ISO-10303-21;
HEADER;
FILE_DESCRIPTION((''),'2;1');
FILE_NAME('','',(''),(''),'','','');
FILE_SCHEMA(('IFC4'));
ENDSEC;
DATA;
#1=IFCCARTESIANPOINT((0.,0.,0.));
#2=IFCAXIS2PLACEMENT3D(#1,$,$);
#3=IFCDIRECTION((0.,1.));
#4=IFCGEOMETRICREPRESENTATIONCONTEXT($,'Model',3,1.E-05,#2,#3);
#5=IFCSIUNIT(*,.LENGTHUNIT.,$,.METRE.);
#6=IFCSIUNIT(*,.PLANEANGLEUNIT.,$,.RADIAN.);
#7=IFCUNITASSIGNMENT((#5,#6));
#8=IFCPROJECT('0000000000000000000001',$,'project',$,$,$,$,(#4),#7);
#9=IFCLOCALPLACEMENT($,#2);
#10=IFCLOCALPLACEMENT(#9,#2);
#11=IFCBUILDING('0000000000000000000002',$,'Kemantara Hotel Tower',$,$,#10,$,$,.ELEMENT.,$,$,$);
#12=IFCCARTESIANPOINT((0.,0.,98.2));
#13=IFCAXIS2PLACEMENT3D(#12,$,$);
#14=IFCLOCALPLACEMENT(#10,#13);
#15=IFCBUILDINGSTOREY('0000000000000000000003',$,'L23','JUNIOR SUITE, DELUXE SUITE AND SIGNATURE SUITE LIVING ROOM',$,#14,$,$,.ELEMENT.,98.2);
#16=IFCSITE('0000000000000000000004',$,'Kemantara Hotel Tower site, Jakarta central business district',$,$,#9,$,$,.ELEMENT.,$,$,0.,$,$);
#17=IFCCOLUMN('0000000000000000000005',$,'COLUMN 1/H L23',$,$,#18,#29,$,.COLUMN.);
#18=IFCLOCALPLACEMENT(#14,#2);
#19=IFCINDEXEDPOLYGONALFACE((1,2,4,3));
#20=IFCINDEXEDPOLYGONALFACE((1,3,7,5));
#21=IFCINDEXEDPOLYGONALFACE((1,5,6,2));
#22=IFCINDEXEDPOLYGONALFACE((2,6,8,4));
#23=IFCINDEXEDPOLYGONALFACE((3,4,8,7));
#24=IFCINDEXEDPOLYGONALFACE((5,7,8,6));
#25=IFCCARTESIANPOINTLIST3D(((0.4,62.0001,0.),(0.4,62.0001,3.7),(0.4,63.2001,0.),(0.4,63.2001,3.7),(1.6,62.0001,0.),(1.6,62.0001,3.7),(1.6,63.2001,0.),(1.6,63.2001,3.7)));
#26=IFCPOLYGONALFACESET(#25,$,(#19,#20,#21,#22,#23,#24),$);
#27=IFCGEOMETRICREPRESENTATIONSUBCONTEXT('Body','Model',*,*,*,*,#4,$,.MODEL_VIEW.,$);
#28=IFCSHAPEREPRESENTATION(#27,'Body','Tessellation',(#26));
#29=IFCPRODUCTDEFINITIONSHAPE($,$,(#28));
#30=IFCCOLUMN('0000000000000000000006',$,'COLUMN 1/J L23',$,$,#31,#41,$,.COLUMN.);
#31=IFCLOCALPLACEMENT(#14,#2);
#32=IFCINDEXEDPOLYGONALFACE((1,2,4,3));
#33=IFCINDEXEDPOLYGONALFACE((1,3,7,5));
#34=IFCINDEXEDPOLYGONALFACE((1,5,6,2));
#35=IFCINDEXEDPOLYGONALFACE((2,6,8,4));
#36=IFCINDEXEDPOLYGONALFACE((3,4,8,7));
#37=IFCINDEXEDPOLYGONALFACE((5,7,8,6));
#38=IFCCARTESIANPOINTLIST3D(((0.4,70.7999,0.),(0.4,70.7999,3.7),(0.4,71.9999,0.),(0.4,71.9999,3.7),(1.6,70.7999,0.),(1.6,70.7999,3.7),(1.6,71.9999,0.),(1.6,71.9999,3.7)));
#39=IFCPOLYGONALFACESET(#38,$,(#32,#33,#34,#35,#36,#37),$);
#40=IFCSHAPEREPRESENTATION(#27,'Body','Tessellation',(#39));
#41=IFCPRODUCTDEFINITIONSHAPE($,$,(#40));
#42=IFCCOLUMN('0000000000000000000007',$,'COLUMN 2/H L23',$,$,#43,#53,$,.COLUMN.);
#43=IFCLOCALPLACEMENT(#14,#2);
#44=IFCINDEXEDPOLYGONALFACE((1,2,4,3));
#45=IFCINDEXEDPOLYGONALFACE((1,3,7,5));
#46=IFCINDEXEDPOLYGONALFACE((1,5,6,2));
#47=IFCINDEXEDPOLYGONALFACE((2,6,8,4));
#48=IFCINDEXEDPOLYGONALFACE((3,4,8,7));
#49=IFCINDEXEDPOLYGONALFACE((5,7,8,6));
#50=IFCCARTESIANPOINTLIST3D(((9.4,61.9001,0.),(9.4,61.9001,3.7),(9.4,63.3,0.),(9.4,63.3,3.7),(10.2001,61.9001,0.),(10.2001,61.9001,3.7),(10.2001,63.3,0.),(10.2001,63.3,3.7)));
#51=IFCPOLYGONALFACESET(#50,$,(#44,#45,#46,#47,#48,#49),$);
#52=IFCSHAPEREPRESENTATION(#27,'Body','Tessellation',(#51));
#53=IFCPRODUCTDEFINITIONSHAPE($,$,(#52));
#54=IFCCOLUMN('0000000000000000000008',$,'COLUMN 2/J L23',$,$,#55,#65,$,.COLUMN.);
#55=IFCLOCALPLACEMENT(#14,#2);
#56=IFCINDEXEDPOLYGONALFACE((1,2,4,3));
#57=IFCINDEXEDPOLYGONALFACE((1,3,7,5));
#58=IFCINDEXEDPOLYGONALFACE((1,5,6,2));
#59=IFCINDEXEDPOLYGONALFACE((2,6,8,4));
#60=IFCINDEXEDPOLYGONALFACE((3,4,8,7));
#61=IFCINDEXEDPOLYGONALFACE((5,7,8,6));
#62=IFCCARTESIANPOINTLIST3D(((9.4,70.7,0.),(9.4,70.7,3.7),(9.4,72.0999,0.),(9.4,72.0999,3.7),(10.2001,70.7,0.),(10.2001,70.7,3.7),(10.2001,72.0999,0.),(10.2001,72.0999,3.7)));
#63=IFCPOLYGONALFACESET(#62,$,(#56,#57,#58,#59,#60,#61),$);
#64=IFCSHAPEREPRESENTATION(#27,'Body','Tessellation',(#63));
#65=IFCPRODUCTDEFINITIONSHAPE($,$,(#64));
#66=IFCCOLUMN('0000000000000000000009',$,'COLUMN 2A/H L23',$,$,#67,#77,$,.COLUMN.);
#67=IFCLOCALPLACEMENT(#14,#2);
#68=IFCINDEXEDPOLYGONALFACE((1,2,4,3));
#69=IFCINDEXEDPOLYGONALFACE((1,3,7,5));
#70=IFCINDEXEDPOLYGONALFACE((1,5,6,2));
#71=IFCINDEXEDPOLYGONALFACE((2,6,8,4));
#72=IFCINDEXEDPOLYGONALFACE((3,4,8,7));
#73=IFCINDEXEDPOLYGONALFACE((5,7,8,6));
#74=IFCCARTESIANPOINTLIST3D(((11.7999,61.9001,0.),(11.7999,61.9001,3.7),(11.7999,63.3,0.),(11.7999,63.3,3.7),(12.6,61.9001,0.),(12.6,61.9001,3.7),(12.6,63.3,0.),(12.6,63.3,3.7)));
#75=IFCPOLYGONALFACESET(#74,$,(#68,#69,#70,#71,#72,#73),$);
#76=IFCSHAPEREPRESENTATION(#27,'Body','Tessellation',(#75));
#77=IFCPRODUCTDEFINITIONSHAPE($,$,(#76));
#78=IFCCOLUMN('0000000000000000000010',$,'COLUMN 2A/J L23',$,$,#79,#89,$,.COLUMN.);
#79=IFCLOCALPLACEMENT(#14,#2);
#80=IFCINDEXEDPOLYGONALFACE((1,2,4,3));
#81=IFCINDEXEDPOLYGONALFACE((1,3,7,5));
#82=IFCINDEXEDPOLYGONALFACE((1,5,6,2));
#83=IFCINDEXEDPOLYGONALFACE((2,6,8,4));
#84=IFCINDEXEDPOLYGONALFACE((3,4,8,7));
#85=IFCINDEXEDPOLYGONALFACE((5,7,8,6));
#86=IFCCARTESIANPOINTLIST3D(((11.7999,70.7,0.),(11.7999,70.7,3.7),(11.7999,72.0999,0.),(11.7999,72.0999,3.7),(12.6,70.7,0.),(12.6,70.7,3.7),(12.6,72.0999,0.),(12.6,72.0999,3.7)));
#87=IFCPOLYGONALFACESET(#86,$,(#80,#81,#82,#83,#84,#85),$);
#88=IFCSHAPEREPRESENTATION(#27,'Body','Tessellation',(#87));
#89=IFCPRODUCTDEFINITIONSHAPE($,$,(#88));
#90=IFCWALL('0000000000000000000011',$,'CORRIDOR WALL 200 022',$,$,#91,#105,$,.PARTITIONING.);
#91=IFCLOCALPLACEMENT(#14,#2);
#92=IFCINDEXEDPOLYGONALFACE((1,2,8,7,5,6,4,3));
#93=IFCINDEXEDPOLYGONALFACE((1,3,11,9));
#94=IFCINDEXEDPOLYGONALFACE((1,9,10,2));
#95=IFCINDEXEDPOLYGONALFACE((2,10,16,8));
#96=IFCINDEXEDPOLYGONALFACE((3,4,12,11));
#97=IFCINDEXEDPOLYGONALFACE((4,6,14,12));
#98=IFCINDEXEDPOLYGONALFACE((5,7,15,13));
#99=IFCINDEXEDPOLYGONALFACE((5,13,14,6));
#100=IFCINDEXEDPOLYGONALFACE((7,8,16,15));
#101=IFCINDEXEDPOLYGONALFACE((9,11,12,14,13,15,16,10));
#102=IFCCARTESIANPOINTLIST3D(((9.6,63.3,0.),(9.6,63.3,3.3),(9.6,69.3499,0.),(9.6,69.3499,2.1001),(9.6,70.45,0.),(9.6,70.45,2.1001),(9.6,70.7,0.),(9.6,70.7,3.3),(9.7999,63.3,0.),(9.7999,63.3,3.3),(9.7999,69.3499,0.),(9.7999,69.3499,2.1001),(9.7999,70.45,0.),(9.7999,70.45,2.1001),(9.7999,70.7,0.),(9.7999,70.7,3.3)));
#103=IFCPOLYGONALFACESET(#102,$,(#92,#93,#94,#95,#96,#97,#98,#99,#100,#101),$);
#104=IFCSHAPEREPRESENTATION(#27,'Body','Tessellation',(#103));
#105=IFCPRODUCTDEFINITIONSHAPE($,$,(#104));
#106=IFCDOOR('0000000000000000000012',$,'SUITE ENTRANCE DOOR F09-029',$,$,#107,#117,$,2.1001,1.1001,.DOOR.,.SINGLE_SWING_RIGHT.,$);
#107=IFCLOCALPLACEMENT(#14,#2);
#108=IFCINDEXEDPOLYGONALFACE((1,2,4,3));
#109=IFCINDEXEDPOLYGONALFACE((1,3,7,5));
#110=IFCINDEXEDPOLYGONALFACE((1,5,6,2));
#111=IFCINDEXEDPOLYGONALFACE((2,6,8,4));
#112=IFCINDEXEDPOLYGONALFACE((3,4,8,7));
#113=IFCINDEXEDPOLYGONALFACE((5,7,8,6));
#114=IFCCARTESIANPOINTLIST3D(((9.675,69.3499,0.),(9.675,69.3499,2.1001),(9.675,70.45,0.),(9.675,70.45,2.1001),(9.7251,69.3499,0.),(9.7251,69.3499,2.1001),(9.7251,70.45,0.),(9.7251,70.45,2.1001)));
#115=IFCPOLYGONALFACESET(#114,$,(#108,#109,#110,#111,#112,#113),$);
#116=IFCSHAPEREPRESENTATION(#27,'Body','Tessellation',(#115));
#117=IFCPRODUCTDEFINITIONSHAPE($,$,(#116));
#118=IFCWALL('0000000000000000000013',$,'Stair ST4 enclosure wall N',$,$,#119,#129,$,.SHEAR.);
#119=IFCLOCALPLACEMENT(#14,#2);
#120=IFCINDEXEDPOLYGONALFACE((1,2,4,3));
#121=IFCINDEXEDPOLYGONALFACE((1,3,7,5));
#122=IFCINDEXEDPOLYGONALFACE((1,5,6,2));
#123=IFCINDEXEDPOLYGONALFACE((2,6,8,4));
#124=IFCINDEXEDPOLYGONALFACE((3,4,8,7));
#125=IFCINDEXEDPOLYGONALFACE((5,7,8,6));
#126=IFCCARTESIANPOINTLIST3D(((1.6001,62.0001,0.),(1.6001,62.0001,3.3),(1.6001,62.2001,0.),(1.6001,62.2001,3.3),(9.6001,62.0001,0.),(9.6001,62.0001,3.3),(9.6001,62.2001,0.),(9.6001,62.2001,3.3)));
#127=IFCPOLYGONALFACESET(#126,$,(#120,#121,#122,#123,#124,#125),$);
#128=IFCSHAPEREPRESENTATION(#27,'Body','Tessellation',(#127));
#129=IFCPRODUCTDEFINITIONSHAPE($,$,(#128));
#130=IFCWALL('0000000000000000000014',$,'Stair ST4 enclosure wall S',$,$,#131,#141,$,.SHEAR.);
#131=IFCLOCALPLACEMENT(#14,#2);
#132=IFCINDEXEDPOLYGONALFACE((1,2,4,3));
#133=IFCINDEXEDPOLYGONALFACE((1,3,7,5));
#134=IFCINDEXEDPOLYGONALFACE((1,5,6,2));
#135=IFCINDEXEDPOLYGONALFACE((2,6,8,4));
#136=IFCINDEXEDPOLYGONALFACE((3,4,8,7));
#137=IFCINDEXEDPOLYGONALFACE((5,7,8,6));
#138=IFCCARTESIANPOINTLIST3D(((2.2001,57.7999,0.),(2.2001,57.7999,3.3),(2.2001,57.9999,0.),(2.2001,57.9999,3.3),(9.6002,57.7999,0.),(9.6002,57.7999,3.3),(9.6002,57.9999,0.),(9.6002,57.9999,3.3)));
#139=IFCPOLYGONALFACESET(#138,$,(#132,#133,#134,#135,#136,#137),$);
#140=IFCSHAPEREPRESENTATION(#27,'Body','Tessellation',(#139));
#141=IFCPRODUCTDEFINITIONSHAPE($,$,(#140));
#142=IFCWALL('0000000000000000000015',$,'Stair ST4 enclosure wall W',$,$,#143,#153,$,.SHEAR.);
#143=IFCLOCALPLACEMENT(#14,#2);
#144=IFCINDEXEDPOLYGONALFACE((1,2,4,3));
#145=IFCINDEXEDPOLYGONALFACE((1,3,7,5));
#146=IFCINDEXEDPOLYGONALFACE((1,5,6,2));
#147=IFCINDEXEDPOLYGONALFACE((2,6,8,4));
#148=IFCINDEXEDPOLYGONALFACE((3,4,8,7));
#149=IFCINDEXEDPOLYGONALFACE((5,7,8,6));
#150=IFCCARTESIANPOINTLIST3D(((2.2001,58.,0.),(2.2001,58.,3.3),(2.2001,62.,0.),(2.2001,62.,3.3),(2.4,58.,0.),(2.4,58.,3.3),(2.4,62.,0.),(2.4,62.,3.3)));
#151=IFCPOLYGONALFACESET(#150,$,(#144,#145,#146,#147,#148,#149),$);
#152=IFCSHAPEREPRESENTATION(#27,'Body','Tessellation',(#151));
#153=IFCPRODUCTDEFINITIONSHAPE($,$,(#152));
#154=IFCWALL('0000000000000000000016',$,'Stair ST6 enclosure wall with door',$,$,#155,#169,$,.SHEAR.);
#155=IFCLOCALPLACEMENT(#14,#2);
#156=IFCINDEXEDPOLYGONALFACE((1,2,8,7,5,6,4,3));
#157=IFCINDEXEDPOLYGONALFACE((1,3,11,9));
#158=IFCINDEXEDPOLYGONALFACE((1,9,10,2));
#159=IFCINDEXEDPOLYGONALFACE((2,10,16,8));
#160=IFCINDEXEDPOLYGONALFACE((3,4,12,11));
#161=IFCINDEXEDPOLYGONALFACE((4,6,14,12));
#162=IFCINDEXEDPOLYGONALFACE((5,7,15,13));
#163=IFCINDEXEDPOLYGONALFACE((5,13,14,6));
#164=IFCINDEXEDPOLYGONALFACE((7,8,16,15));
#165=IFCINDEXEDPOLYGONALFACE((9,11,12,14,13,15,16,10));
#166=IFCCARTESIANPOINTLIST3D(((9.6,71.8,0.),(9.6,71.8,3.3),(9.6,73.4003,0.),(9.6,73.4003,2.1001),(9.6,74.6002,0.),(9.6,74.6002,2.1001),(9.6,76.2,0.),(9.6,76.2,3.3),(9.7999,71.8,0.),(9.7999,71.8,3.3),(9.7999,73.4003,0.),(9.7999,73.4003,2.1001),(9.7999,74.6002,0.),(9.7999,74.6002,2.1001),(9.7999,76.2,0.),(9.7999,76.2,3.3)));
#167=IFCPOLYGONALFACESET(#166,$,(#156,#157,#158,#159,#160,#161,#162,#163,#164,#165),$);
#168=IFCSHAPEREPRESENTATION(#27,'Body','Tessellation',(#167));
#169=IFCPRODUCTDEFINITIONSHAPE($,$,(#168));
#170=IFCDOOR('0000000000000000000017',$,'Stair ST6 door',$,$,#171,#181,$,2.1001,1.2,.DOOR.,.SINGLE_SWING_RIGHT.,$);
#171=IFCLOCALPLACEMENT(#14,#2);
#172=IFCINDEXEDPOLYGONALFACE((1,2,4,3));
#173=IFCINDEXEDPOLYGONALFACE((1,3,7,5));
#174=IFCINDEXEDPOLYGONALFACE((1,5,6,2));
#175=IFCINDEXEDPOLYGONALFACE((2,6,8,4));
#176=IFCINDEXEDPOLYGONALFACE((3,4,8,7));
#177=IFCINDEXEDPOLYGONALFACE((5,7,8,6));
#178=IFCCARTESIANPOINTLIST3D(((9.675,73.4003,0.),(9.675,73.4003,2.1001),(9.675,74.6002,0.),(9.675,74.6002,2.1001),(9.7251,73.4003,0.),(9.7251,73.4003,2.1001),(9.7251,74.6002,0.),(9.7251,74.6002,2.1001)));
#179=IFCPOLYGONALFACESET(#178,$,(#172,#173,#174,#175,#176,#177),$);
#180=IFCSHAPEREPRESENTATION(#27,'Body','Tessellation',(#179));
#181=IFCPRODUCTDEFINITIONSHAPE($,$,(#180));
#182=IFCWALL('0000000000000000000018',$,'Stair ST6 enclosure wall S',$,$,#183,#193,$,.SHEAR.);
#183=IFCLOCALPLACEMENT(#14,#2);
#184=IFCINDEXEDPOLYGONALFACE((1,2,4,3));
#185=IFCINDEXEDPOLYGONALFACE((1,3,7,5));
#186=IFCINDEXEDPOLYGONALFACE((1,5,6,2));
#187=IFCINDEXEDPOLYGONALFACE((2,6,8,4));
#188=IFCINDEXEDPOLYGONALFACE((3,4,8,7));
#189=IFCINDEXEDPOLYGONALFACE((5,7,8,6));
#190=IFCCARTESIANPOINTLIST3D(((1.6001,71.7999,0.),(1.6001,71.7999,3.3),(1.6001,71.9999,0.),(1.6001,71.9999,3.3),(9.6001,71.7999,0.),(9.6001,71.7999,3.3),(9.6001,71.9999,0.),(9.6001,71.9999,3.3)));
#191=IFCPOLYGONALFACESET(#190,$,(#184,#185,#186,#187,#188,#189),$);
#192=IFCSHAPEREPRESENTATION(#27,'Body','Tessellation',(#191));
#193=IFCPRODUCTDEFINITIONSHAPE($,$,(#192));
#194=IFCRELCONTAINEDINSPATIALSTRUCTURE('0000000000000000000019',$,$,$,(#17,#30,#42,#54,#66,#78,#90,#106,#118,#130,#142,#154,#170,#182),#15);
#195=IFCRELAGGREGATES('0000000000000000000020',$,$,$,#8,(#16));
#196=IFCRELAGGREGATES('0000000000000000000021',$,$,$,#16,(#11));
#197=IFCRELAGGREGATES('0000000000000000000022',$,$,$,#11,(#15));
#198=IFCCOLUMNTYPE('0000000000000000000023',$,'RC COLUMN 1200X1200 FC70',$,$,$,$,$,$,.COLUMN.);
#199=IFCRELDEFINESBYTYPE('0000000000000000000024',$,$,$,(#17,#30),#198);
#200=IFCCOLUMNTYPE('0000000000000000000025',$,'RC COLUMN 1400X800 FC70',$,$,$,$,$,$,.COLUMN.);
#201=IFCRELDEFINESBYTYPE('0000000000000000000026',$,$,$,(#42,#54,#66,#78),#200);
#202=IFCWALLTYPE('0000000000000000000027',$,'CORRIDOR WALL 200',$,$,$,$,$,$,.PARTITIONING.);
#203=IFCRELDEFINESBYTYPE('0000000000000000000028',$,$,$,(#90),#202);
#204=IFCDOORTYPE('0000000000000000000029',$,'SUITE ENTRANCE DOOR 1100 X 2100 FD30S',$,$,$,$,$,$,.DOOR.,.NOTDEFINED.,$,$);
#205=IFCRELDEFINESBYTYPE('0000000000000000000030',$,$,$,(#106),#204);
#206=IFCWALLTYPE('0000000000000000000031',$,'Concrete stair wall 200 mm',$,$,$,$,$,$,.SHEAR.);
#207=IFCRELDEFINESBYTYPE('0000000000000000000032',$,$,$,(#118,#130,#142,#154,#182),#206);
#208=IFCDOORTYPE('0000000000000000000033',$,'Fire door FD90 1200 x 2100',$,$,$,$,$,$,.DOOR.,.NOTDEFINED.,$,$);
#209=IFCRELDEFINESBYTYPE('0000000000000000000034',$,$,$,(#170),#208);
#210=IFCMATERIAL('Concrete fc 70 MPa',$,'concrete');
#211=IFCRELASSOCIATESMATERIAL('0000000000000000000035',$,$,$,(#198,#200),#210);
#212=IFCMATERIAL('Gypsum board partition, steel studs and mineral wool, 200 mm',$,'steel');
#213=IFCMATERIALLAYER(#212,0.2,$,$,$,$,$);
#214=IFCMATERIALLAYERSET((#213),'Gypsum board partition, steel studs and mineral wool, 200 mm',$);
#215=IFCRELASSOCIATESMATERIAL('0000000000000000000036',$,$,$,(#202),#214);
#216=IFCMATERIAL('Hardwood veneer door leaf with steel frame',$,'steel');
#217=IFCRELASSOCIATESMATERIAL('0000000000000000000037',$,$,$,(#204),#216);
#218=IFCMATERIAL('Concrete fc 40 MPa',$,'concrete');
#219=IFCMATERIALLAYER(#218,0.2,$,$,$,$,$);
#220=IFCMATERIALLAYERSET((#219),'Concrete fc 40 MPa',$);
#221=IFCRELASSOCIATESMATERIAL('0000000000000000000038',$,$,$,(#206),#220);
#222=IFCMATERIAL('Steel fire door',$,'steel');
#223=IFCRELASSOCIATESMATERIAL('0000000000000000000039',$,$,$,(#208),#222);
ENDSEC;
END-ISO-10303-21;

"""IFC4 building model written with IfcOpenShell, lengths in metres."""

from ifc_helpers import new_model, si_unit, direction, frame, frame_2d, origin, origin_2d, place, context, subcontext, project, spatial, rectangle, extrude, material, layer, layer_set, material_profile, profile_set, type_object, element, fill, save


model = new_model("IFC4")

# Units and contexts
model_context = context("Model", 3, precision=1e-05, world=origin(), true_north=direction((0.0, 1.0)))
body_context = subcontext(model_context, "Body", "Model", "MODEL_VIEW")
ifc_project = project(units=[si_unit("LENGTHUNIT", "METRE"), si_unit("PLANEANGLEUNIT", "RADIAN")], contexts=[model_context])

# Site, building, storey
site_placement = place(None, origin())
site = spatial("IfcSite", under=ifc_project, at=site_placement, Name="Kemantara Hotel Tower site, Jakarta central business district", CompositionType="ELEMENT", RefElevation=0.0)
building_placement = place(site_placement, origin())
building = spatial("IfcBuilding", under=site, at=building_placement, Name="Kemantara Hotel Tower", CompositionType="ELEMENT")
storey_placement = place(building_placement, frame((0.0, 0.0, 98.2)))
storey = spatial("IfcBuildingStorey", under=building, at=storey_placement, Name="L23", Description="JUNIOR SUITE, DELUXE SUITE AND SIGNATURE SUITE LIVING ROOM", CompositionType="ELEMENT", Elevation=98.2)

# Columns
ifc_material_1 = material(Name="Concrete fc 70 MPa", Category="concrete")
ifc_material_profile_1 = material_profile(ifc_material_1, rectangle(XDim=1.2, YDim=1.2, at=origin_2d()), Name="RC 1200X1200")
ifc_profile_set_1 = profile_set([ifc_material_profile_1], Name="Concrete fc 70 MPa")
column_type_1 = type_object("IfcColumnType", Name="RC COLUMN 1200X1200 FC70", PredefinedType="COLUMN", material=ifc_profile_set_1)
for number, where, z_axis, x_axis, name in (
    (1, (1.0, 62.6001, 0.0), (0.0, 0.0, 1.0), (1.0, 0.0, 0.0), "COLUMN 1/H L23"),
    (2, (1.0, 71.3999, 0.0), (0.0, 0.0, 1.0), (1.0, 0.0, 0.0), "COLUMN 1/J L23"),
):
    element("IfcColumn", number, at=place(storey_placement, frame(where, z_axis=z_axis, x_axis=x_axis)), inside=storey, type_object=column_type_1, Name=name, PredefinedType="COLUMN", context=body_context, shape_type="SweptSolid", body=[
        extrude(rectangle(XDim=1.2, YDim=1.2, at=origin_2d()), origin(), (0.0, 0.0, 1.0), 3.7),
    ])
ifc_material_profile_2 = material_profile(ifc_material_1, rectangle(XDim=1.3999, YDim=0.8, at=origin_2d()), Name="RC 1400X800")
ifc_profile_set_2 = profile_set([ifc_material_profile_2], Name="Concrete fc 70 MPa")
column_type_2 = type_object("IfcColumnType", Name="RC COLUMN 1400X800 FC70", PredefinedType="COLUMN", material=ifc_profile_set_2)
for number, where, z_axis, x_axis, name in (
    (3, (9.8, 62.6001, 0.0), (0.0, 0.0, 1.0), (0.0, 1.0, 0.0), "COLUMN 2/H L23"),
    (4, (9.8, 71.3999, 0.0), (0.0, 0.0, 1.0), (0.0, 1.0, 0.0), "COLUMN 2/J L23"),
    (5, (12.2, 62.6001, 0.0), (0.0, 0.0, 1.0), (0.0, 1.0, 0.0), "COLUMN 2A/H L23"),
    (6, (12.2, 71.3999, 0.0), (0.0, 0.0, 1.0), (0.0, 1.0, 0.0), "COLUMN 2A/J L23"),
):
    element("IfcColumn", number, at=place(storey_placement, frame(where, z_axis=z_axis, x_axis=x_axis)), inside=storey, type_object=column_type_2, Name=name, PredefinedType="COLUMN", context=body_context, shape_type="SweptSolid", body=[
        extrude(rectangle(XDim=1.3999, YDim=0.8, at=origin_2d()), origin(), (0.0, 0.0, 1.0), 3.7),
    ])

# Wall, opening, door
ifc_material_2 = material(Name="Gypsum board partition, steel studs and mineral wool, 200 mm", Category="steel")
ifc_layer_1 = layer(ifc_material_2, 0.2)
ifc_layer_set_1 = layer_set([ifc_layer_1], Name="Gypsum board partition, steel studs and mineral wool, 200 mm")
wall_type_1 = type_object("IfcWallType", Name="CORRIDOR WALL 200", PredefinedType="PARTITIONING", material=ifc_layer_set_1)
wall_1_placement = place(storey_placement, frame((9.7, 63.3, 0.0), z_axis=(0.0, 0.0, 1.0), x_axis=(0.0, 1.0, 0.0)))
wall_1 = element("IfcWall", 7, at=wall_1_placement, inside=storey, type_object=wall_type_1, Name="CORRIDOR WALL 200 022", PredefinedType="PARTITIONING", context=body_context, shape_type="SweptSolid", body=[
    extrude(rectangle(XDim=7.3999, YDim=0.2, at=frame_2d((3.7, 0.0))), origin(), (0.0, 0.0, 1.0), 3.3),
])
opening_1_placement = place(wall_1_placement, frame((6.0498, 0.0, 0.0)))
opening_1 = element("IfcOpeningElement", 8, at=opening_1_placement, cuts=wall_1, PredefinedType="OPENING", context=body_context, shape_type="SweptSolid", body=[
    extrude(rectangle(XDim=1.1001, YDim=2.1001, at=frame_2d((0.55, 1.05))), frame((0.0, 0.1099, 0.0), z_axis=(0.0, -1.0, 0.0), x_axis=(1.0, 0.0, 0.0)), (0.0, 0.0, 1.0), 0.22),
])
ifc_material_3 = material(Name="Hardwood veneer door leaf with steel frame", Category="steel")
door_type_1 = type_object("IfcDoorType", Name="SUITE ENTRANCE DOOR 1100 X 2100 FD30S", OperationType="NOTDEFINED", PredefinedType="DOOR", material=ifc_material_3)
door_1_placement = place(opening_1_placement, origin())
door_1 = element("IfcDoor", 9, at=door_1_placement, inside=storey, type_object=door_type_1, Name="SUITE ENTRANCE DOOR F09-029", OperationType="SINGLE_SWING_RIGHT", OverallHeight=2.1001, OverallWidth=1.1001, PredefinedType="DOOR", context=body_context, shape_type="SweptSolid", body=[
    extrude(rectangle(XDim=1.1001, YDim=2.1001, at=frame_2d((0.55, 1.05))), frame((0.0, 0.0249, 0.0), z_axis=(0.0, -1.0, 0.0), x_axis=(1.0, 0.0, 0.0)), (0.0, 0.0, 1.0), 0.05),
])
fill(opening_1, door_1)

# Walls
ifc_material_4 = material(Name="Concrete fc 40 MPa", Category="concrete")
ifc_layer_2 = layer(ifc_material_4, 0.2)
ifc_layer_set_2 = layer_set([ifc_layer_2], Name="Concrete fc 40 MPa")
wall_type_2 = type_object("IfcWallType", Name="Concrete stair wall 200 mm", PredefinedType="SHEAR", material=ifc_layer_set_2)
wall_2_placement = place(storey_placement, frame((1.6001, 62.1001, 0.0), z_axis=(0.0, 0.0, 1.0), x_axis=(1.0, 0.0, 0.0)))
element("IfcWall", 10, at=wall_2_placement, inside=storey, type_object=wall_type_2, Name="Stair ST4 enclosure wall N", PredefinedType="SHEAR", context=body_context, shape_type="SweptSolid", body=[
    extrude(rectangle(XDim=8.0, YDim=0.2, at=frame_2d((4.0, 0.0))), origin(), (0.0, 0.0, 1.0), 3.3),
])
wall_3_placement = place(storey_placement, frame((2.2, 57.8999, 0.0), z_axis=(0.0, 0.0, 1.0), x_axis=(1.0, 0.0, 0.0)))
element("IfcWall", 11, at=wall_3_placement, inside=storey, type_object=wall_type_2, Name="Stair ST4 enclosure wall S", PredefinedType="SHEAR", context=body_context, shape_type="SweptSolid", body=[
    extrude(rectangle(XDim=7.4001, YDim=0.2, at=frame_2d((3.7002, 0.0))), origin(), (0.0, 0.0, 1.0), 3.3),
])
wall_4_placement = place(storey_placement, frame((2.3, 58.0, 0.0), z_axis=(0.0, 0.0, 1.0), x_axis=(0.0, 1.0, 0.0)))
element("IfcWall", 12, at=wall_4_placement, inside=storey, type_object=wall_type_2, Name="Stair ST4 enclosure wall W", PredefinedType="SHEAR", context=body_context, shape_type="SweptSolid", body=[
    extrude(rectangle(XDim=4.0, YDim=0.2, at=frame_2d((2.0, 0.0))), origin(), (0.0, 0.0, 1.0), 3.3),
])

# Wall, opening, door
wall_5_placement = place(storey_placement, frame((9.7, 71.8, 0.0), z_axis=(0.0, 0.0, 1.0), x_axis=(0.0, 1.0, 0.0)))
wall_5 = element("IfcWall", 13, at=wall_5_placement, inside=storey, type_object=wall_type_2, Name="Stair ST6 enclosure wall with door", PredefinedType="SHEAR", context=body_context, shape_type="SweptSolid", body=[
    extrude(rectangle(XDim=4.3999, YDim=0.2, at=frame_2d((2.2, 0.0))), origin(), (0.0, 0.0, 1.0), 3.3),
])
opening_2_placement = place(wall_5_placement, frame((1.6001, 0.0, 0.0)))
opening_2 = element("IfcOpeningElement", 14, at=opening_2_placement, cuts=wall_5, PredefinedType="OPENING", context=body_context, shape_type="SweptSolid", body=[
    extrude(rectangle(XDim=1.2, YDim=2.1001, at=frame_2d((0.6001, 1.05))), frame((0.0, 0.1099, 0.0), z_axis=(0.0, -1.0, 0.0), x_axis=(1.0, 0.0, 0.0)), (0.0, 0.0, 1.0), 0.22),
])
ifc_material_5 = material(Name="Steel fire door", Category="steel")
door_type_2 = type_object("IfcDoorType", Name="Fire door FD90 1200 x 2100", OperationType="NOTDEFINED", PredefinedType="DOOR", material=ifc_material_5)
door_2_placement = place(opening_2_placement, origin())
door_2 = element("IfcDoor", 15, at=door_2_placement, inside=storey, type_object=door_type_2, Name="Stair ST6 door", OperationType="SINGLE_SWING_RIGHT", OverallHeight=2.1001, OverallWidth=1.2, PredefinedType="DOOR", context=body_context, shape_type="SweptSolid", body=[
    extrude(rectangle(XDim=1.2, YDim=2.1001, at=frame_2d((0.6001, 1.05))), frame((0.0, 0.0249, 0.0), z_axis=(0.0, -1.0, 0.0), x_axis=(1.0, 0.0, 0.0)), (0.0, 0.0, 1.0), 0.05),
])
fill(opening_2, door_2)

# Wall
wall_6_placement = place(storey_placement, frame((1.6001, 71.8999, 0.0), z_axis=(0.0, 0.0, 1.0), x_axis=(1.0, 0.0, 0.0)))
element("IfcWall", 16, at=wall_6_placement, inside=storey, type_object=wall_type_2, Name="Stair ST6 enclosure wall S", PredefinedType="SHEAR", context=body_context, shape_type="SweptSolid", body=[
    extrude(rectangle(XDim=8.0, YDim=0.2, at=frame_2d((4.0, 0.0))), origin(), (0.0, 0.0, 1.0), 3.3),
])

save(model, "model.ifc")
